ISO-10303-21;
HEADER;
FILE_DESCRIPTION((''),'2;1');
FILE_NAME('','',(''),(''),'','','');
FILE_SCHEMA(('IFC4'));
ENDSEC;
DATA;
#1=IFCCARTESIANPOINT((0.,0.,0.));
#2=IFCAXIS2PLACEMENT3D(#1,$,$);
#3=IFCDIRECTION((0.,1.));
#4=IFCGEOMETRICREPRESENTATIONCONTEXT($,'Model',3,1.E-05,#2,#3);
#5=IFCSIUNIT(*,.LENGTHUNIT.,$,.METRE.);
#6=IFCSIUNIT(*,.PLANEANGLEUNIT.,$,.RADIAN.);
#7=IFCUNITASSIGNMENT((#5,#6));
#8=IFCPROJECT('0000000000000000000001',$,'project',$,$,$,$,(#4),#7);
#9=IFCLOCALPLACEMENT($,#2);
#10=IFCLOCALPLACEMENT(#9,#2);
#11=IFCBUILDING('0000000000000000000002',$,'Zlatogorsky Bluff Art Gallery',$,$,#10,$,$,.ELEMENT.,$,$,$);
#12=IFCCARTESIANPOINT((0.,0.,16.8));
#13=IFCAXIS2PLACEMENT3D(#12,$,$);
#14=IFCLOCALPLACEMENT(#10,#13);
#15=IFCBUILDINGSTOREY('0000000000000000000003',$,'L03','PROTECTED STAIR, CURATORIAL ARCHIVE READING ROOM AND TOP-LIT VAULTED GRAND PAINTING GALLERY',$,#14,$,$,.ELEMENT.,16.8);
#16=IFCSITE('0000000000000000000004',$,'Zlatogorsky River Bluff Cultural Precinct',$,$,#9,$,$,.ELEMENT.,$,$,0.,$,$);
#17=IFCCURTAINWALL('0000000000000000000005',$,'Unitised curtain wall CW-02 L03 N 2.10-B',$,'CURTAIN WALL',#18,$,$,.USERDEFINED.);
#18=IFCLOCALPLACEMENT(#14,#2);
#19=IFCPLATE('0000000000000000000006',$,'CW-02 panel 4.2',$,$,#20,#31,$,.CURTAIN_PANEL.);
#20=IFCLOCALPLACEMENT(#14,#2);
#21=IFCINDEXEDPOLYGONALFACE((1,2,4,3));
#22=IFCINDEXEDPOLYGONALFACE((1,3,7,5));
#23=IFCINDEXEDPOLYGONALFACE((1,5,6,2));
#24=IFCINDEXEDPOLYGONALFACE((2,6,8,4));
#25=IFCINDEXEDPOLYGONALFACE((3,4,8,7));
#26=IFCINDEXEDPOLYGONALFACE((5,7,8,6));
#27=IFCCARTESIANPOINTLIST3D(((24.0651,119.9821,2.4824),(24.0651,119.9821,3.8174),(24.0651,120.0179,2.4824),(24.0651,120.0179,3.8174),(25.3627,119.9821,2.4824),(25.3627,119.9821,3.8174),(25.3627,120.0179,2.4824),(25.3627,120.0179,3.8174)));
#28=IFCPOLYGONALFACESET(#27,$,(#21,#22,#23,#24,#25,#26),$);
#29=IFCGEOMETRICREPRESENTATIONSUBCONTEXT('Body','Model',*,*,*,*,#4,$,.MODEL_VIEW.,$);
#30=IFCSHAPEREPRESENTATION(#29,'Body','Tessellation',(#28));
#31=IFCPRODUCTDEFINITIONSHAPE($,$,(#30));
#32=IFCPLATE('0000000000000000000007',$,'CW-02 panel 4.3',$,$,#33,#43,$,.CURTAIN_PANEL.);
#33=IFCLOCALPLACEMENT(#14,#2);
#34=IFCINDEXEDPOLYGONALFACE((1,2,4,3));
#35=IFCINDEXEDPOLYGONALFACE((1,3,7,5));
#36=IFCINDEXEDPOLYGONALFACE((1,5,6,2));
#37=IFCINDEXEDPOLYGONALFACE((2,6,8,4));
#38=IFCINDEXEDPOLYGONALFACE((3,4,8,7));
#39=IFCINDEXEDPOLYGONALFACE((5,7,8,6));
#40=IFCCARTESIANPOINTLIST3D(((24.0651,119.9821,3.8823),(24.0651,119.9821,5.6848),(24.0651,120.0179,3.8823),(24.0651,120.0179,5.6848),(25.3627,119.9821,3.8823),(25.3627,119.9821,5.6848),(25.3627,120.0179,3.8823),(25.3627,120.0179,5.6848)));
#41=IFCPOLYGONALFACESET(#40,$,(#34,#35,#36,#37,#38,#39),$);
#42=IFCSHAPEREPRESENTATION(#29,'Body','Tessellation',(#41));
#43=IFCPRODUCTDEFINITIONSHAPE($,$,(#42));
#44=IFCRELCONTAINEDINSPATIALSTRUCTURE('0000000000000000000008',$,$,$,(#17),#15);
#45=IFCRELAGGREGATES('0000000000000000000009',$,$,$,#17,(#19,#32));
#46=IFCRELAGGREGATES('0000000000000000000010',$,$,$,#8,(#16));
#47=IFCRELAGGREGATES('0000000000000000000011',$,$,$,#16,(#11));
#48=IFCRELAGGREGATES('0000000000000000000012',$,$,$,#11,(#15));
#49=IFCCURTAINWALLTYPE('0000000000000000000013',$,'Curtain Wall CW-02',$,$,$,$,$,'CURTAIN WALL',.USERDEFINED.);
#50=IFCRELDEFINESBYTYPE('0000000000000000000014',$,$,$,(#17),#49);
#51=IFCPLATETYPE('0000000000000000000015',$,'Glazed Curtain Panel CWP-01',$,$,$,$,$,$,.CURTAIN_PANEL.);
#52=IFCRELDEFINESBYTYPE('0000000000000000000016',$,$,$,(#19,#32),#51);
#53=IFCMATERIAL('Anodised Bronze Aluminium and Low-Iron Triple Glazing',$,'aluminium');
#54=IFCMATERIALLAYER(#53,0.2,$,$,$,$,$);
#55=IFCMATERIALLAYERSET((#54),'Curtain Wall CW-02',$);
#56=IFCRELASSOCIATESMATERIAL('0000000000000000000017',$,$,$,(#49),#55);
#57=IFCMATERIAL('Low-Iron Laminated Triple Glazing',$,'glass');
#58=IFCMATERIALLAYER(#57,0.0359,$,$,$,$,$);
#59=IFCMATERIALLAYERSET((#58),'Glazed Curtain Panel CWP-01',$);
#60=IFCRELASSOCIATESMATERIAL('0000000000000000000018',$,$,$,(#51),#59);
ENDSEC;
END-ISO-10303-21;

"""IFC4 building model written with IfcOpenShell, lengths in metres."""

from ifc_helpers import new_model, si_unit, direction, frame, origin, origin_2d, place, context, subcontext, project, spatial, rectangle, extrude, material, layer, layer_set, type_object, element, aggregate, save


model = new_model("IFC4")

# Units and contexts
model_context = context("Model", 3, precision=1e-05, world=origin(), true_north=direction((0.0, 1.0)))
body_context = subcontext(model_context, "Body", "Model", "MODEL_VIEW")
ifc_project = project(units=[si_unit("LENGTHUNIT", "METRE"), si_unit("PLANEANGLEUNIT", "RADIAN")], contexts=[model_context])

# Site, building, storey
site_placement = place(None, origin())
site = spatial("IfcSite", under=ifc_project, at=site_placement, Name="Zlatogorsky River Bluff Cultural Precinct", CompositionType="ELEMENT", RefElevation=0.0)
building_placement = place(site_placement, origin())
building = spatial("IfcBuilding", under=site, at=building_placement, Name="Zlatogorsky Bluff Art Gallery", CompositionType="ELEMENT")
storey_placement = place(building_placement, frame((0.0, 0.0, 16.8)))
storey = spatial("IfcBuildingStorey", under=building, at=storey_placement, Name="L03", Description="PROTECTED STAIR, CURATORIAL ARCHIVE READING ROOM AND TOP-LIT VAULTED GRAND PAINTING GALLERY", CompositionType="ELEMENT", Elevation=16.8)

# Curtain wall, plates
ifc_material_1 = material(Name="Anodised Bronze Aluminium and Low-Iron Triple Glazing", Category="aluminium")
ifc_layer_1 = layer(ifc_material_1, 0.2)
ifc_layer_set_1 = layer_set([ifc_layer_1], Name="Curtain Wall CW-02")
curtain_wall_type = type_object("IfcCurtainWallType", Name="Curtain Wall CW-02", ElementType="CURTAIN WALL", PredefinedType="USERDEFINED", material=ifc_layer_set_1)
curtain_wall_placement = place(storey_placement, origin())
curtain_wall = element("IfcCurtainWall", 1, at=curtain_wall_placement, inside=storey, type_object=curtain_wall_type, Name="Unitised curtain wall CW-02 L03 N 2.10-B", ObjectType="CURTAIN WALL", PredefinedType="USERDEFINED")
ifc_material_2 = material(Name="Low-Iron Laminated Triple Glazing", Category="glass")
ifc_layer_2 = layer(ifc_material_2, 0.0359)
ifc_layer_set_2 = layer_set([ifc_layer_2], Name="Glazed Curtain Panel CWP-01")
plate_type = type_object("IfcPlateType", Name="Glazed Curtain Panel CWP-01", PredefinedType="CURTAIN_PANEL", material=ifc_layer_set_2)
plate_1_placement = place(storey_placement, frame((24.7139, 120.0, 2.4824), z_axis=(0.0, 0.0, 1.0), x_axis=(-1.0, 0.0, 0.0)))
plate_1 = element("IfcPlate", 2, at=plate_1_placement, type_object=plate_type, Name="CW-02 panel 4.2", PredefinedType="CURTAIN_PANEL", context=body_context, shape_type="SweptSolid", body=[
    extrude(rectangle(XDim=1.2976, YDim=0.0359, at=origin_2d()), origin(), (0.0, 0.0, 1.0), 1.335),
])
plate_2_placement = place(storey_placement, frame((24.7139, 120.0, 3.8823), z_axis=(0.0, 0.0, 1.0), x_axis=(-1.0, 0.0, 0.0)))
plate_2 = element("IfcPlate", 3, at=plate_2_placement, type_object=plate_type, Name="CW-02 panel 4.3", PredefinedType="CURTAIN_PANEL", context=body_context, shape_type="SweptSolid", body=[
    extrude(rectangle(XDim=1.2976, YDim=0.0359, at=origin_2d()), origin(), (0.0, 0.0, 1.0), 1.8025),
])
aggregate(curtain_wall, [plate_1, plate_2])

save(model, "model.ifc")
